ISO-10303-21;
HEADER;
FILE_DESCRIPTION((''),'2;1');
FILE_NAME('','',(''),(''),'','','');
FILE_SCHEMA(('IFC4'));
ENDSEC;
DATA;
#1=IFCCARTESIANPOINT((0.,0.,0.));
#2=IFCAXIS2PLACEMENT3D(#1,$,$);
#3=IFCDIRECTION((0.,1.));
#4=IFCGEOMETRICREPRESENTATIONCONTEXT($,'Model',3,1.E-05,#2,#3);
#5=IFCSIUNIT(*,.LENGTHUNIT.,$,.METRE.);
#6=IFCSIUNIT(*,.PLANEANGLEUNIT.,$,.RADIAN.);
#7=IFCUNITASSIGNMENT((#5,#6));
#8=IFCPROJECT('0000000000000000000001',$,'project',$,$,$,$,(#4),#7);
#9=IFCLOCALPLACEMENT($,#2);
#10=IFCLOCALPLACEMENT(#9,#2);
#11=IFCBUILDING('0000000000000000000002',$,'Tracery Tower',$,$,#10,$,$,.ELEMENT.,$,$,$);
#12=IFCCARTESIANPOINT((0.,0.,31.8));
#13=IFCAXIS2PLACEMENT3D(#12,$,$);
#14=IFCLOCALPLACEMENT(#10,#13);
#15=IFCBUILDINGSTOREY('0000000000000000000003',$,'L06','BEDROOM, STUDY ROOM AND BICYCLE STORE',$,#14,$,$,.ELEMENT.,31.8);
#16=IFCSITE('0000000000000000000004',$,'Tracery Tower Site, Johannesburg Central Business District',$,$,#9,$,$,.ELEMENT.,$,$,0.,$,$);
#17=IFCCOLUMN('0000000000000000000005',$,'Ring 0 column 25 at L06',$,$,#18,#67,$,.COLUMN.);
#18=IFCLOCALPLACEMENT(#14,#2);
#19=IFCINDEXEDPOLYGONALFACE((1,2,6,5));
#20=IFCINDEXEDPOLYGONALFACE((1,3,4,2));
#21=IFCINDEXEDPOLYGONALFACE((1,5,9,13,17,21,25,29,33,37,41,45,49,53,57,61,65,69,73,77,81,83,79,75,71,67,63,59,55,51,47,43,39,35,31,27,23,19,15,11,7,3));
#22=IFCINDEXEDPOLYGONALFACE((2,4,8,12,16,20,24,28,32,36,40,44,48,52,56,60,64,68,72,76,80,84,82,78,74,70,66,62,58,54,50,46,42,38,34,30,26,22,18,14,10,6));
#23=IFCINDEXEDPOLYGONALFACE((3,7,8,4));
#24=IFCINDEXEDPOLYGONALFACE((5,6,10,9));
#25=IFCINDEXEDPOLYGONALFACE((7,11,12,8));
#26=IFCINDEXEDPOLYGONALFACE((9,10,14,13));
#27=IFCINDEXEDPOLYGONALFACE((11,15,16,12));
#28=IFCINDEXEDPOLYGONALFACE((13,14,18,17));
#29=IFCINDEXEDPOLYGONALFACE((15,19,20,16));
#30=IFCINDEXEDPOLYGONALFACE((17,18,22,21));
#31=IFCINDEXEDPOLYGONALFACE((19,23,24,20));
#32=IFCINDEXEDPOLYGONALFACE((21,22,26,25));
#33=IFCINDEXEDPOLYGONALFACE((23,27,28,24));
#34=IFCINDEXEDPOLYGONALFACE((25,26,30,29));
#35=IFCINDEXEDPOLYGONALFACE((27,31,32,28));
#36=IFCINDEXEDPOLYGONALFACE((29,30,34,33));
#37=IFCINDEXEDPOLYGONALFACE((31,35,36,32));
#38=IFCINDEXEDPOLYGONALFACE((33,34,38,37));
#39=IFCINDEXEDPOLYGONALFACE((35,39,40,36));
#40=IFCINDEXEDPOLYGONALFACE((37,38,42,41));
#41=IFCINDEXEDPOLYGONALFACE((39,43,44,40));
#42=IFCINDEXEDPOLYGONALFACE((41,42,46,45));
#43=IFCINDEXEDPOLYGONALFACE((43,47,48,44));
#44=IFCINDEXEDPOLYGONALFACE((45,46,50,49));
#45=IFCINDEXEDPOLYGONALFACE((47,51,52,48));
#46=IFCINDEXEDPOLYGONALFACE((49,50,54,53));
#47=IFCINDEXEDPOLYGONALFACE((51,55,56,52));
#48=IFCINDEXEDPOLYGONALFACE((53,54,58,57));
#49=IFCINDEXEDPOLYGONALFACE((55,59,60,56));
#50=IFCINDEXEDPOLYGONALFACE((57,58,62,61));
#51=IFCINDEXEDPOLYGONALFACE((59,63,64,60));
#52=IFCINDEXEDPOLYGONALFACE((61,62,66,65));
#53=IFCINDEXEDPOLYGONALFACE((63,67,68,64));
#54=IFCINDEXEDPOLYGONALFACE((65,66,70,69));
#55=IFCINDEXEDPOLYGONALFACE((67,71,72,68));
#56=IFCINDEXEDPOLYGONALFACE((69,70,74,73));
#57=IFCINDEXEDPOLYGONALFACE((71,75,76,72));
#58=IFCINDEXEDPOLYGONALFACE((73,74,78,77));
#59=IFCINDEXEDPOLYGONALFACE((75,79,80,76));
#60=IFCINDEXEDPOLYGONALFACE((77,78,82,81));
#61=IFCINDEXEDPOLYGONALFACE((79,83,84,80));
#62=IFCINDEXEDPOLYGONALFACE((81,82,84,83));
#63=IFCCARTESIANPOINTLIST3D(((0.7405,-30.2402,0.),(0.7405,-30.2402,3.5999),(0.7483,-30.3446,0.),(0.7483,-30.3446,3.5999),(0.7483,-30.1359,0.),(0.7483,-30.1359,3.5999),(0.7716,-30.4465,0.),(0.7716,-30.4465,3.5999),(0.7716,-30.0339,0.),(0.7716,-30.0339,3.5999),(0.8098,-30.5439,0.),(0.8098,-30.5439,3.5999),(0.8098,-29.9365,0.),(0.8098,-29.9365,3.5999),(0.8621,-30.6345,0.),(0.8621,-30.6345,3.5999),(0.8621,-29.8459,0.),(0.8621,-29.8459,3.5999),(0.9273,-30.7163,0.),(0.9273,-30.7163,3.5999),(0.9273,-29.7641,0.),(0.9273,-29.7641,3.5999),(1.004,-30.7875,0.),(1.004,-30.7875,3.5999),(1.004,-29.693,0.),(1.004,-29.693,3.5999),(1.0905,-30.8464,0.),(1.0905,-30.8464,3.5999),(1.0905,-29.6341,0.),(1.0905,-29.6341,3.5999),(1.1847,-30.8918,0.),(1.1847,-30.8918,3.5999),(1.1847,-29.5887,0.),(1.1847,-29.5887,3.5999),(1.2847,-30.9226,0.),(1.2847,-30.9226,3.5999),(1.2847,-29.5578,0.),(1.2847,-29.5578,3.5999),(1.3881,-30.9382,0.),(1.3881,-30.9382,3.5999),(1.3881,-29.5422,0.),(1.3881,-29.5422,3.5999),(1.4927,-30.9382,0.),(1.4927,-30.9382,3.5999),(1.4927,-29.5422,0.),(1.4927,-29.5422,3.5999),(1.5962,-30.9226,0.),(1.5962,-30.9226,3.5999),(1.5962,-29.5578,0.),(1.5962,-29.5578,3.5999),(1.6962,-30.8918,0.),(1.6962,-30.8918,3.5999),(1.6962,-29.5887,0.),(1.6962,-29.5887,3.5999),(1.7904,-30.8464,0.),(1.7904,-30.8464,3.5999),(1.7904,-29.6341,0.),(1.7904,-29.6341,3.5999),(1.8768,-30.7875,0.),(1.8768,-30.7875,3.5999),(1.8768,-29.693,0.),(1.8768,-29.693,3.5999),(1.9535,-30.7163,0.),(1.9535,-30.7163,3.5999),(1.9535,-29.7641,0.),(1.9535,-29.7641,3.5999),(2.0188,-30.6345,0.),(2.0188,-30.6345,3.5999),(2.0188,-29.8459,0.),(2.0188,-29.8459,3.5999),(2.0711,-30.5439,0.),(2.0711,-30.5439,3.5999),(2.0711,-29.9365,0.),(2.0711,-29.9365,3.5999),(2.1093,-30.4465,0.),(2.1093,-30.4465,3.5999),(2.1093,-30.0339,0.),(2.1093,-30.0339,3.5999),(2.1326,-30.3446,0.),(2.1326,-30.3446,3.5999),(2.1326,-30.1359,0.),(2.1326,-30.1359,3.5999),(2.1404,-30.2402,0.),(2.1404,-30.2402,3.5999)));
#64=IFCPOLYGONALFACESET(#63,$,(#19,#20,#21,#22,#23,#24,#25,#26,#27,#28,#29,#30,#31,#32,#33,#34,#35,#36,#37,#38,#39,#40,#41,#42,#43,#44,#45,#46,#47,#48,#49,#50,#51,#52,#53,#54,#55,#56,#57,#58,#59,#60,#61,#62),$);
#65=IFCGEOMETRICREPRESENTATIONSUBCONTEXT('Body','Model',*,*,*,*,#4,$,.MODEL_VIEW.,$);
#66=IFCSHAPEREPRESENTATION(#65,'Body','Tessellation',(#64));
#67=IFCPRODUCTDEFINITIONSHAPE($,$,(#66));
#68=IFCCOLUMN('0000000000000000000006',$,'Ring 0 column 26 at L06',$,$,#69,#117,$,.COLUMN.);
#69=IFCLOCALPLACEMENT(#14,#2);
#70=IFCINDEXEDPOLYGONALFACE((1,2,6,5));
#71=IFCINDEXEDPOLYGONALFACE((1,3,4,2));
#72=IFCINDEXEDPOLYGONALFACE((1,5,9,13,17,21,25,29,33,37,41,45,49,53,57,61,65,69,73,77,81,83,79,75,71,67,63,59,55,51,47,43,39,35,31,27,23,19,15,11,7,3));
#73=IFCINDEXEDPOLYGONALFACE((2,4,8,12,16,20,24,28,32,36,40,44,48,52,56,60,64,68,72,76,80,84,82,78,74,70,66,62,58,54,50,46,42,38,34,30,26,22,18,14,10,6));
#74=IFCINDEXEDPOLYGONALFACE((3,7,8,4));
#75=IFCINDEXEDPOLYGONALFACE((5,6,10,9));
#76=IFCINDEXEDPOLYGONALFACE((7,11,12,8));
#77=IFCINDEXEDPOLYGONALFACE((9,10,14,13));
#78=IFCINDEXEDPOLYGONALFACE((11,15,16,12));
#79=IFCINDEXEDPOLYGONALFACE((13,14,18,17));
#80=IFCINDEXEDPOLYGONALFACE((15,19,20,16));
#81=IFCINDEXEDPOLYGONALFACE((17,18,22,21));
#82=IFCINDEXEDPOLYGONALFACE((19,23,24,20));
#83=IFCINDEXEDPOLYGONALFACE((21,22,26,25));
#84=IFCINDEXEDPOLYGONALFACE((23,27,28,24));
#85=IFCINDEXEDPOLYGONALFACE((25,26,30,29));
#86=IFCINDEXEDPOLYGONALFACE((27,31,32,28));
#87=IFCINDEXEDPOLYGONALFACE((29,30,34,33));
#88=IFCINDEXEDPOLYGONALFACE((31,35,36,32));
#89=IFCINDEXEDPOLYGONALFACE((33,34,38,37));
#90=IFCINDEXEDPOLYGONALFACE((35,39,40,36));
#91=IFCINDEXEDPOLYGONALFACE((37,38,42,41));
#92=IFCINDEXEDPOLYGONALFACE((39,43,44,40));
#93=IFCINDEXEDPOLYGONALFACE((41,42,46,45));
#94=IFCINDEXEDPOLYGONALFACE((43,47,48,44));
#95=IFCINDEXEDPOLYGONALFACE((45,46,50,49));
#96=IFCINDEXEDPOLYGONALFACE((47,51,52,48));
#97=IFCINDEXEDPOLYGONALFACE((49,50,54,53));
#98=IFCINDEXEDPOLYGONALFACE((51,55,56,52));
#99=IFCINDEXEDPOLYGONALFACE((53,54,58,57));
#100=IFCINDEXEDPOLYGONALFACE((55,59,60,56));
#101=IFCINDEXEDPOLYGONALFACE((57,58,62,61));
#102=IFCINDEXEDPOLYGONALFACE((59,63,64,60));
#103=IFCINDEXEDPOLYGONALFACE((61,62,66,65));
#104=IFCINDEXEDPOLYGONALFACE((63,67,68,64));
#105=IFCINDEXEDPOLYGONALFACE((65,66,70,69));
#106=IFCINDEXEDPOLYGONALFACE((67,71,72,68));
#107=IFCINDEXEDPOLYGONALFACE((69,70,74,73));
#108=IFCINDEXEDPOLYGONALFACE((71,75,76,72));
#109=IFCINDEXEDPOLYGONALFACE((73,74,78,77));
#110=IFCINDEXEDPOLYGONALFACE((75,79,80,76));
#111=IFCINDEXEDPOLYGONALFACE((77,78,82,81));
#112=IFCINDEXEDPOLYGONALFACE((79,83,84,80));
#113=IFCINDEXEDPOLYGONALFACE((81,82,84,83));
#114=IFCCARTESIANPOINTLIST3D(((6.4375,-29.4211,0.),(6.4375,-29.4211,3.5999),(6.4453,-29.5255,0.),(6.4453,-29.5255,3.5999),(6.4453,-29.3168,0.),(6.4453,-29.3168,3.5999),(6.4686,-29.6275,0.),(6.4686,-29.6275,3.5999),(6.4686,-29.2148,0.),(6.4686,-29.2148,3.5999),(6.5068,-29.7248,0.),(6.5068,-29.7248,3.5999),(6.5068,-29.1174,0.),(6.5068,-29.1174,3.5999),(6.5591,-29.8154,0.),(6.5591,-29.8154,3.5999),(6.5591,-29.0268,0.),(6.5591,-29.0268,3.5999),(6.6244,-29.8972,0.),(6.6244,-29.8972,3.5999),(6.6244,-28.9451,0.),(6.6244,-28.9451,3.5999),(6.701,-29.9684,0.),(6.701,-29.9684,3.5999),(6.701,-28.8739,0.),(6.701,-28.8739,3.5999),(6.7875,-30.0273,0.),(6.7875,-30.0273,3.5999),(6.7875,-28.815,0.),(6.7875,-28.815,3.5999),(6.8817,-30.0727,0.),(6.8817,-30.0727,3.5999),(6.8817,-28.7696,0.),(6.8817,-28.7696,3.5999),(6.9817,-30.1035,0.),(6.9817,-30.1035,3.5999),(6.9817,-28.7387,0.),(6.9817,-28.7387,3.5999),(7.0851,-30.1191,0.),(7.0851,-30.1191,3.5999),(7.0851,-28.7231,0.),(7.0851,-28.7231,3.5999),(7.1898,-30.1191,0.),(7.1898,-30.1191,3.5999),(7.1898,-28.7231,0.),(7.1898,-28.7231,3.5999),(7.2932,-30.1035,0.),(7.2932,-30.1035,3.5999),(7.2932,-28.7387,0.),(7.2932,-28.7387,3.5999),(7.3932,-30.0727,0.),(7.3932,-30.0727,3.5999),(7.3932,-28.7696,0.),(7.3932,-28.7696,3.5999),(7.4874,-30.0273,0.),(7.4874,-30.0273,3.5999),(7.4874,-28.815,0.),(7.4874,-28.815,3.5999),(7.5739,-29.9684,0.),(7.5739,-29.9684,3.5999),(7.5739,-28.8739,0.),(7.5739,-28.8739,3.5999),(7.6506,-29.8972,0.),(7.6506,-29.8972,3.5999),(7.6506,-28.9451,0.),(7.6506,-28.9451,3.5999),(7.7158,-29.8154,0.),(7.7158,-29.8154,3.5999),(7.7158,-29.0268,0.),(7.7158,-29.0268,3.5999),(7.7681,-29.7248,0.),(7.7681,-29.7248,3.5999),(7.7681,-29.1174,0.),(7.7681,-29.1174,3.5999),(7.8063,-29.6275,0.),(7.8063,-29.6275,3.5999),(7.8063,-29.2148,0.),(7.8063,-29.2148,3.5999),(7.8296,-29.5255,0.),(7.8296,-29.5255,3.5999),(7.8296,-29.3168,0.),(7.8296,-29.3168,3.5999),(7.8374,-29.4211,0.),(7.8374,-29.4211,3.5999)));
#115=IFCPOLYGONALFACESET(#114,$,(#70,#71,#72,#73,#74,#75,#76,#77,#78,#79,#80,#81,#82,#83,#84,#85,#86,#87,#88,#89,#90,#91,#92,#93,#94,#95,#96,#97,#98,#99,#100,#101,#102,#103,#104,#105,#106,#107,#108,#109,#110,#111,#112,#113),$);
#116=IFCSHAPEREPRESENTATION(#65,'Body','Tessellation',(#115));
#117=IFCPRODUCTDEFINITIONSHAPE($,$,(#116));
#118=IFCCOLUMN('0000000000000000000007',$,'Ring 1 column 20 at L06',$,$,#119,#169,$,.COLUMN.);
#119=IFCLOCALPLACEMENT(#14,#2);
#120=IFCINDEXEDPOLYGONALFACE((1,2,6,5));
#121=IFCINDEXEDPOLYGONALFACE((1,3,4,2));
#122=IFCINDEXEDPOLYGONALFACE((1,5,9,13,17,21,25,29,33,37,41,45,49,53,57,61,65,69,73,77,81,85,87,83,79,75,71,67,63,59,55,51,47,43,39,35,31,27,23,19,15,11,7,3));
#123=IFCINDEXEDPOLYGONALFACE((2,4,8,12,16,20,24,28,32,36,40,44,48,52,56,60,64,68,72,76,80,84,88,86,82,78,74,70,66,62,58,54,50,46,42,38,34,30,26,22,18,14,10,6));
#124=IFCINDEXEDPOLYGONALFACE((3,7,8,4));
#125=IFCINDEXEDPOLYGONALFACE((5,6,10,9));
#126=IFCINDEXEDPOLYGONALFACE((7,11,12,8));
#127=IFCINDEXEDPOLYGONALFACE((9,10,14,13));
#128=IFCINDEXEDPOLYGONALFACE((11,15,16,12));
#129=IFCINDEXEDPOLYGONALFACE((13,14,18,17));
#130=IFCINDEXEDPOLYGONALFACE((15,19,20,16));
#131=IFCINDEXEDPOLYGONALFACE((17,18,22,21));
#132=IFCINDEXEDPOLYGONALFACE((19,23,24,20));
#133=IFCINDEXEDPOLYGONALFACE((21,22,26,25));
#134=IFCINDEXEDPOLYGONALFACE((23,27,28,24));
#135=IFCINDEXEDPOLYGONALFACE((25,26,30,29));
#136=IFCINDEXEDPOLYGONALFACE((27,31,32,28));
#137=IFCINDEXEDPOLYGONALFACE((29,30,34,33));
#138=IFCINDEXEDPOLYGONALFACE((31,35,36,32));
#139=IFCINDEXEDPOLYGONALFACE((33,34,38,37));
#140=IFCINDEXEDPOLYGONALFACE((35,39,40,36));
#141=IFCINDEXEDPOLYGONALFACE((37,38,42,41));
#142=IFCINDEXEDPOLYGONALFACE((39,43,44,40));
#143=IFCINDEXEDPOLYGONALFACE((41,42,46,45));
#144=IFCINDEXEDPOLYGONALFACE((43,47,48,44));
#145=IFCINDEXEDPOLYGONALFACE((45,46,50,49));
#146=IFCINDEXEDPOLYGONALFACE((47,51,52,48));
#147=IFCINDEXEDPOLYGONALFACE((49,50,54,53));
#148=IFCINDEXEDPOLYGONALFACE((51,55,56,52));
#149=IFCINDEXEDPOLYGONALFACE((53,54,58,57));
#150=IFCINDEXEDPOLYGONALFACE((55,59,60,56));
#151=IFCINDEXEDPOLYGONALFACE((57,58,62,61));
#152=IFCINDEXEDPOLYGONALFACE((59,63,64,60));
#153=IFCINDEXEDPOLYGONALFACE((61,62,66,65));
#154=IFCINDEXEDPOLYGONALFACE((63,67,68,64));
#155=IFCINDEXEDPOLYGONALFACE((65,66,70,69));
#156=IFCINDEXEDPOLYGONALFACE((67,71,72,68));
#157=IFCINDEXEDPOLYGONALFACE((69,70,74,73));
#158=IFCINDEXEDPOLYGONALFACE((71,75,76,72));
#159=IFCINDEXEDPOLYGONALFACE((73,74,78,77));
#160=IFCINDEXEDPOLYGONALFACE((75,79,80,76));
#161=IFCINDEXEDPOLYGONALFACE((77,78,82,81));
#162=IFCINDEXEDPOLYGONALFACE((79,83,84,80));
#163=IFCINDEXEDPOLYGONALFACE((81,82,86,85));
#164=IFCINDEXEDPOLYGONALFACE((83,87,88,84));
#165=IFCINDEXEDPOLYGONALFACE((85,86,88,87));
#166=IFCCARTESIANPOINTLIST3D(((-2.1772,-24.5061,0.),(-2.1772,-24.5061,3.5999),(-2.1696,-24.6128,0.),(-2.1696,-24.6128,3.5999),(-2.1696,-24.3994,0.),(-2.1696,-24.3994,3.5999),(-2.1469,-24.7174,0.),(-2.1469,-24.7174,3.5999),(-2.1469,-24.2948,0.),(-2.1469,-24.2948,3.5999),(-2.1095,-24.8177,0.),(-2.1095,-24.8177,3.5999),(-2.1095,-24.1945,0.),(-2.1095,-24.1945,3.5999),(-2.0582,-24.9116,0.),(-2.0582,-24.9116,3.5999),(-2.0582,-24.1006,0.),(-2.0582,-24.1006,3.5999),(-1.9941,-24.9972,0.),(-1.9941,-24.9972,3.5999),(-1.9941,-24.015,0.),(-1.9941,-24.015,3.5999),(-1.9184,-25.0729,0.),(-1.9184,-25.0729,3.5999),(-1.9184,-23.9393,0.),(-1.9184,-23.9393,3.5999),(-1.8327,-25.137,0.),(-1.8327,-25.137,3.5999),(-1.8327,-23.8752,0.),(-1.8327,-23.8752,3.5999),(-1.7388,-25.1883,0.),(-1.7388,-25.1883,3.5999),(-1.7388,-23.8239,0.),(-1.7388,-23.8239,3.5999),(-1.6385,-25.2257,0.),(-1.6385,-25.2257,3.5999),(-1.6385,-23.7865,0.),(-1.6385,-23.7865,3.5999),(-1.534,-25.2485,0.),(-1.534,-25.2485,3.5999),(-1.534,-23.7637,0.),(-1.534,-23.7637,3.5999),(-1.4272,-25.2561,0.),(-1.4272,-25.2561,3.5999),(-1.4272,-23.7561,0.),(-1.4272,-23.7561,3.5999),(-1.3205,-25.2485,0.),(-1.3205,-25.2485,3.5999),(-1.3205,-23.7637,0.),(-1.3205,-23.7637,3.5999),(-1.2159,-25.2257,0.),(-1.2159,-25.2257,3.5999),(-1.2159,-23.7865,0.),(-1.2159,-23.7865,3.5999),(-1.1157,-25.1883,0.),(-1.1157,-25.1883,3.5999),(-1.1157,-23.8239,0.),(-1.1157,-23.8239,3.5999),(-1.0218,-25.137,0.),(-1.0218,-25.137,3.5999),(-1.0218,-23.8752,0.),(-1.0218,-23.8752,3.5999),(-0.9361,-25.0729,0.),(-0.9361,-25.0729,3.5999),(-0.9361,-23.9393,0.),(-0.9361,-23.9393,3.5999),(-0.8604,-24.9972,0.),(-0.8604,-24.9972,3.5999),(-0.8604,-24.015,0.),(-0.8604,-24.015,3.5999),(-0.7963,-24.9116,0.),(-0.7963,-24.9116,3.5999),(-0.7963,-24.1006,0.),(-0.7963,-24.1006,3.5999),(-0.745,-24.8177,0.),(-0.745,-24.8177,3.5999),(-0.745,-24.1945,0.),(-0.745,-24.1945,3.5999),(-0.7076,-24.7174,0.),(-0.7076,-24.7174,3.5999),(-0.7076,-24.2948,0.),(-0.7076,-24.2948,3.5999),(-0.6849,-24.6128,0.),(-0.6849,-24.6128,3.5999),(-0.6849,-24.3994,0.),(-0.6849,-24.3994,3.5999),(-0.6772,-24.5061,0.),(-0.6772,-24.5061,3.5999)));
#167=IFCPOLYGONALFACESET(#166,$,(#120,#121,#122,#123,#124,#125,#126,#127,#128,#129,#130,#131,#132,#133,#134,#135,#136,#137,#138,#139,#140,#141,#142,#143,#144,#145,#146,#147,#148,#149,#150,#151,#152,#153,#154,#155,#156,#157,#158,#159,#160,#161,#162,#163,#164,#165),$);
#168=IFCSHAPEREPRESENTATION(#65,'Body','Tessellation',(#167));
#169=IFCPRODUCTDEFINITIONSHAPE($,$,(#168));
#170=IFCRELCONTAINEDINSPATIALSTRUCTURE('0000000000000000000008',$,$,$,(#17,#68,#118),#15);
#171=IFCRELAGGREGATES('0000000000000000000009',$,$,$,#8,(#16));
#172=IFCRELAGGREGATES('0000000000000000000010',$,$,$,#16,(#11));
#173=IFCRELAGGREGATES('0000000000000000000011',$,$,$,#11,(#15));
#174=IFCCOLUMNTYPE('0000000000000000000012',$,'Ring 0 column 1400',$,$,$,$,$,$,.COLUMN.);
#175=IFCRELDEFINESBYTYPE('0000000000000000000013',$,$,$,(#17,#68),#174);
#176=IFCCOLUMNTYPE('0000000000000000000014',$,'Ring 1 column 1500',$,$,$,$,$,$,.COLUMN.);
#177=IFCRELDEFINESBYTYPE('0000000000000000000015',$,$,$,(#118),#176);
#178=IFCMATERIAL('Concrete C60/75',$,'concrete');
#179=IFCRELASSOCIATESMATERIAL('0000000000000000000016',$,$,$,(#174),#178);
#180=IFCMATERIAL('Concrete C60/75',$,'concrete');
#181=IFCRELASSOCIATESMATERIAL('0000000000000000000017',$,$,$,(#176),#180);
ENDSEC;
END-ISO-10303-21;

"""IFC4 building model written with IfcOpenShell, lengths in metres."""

from ifc_helpers import new_model, si_unit, direction, frame, origin, origin_2d, place, context, subcontext, project, spatial, circle, extrude, material, material_profile, profile_set, type_object, element, save


model = new_model("IFC4")

# Units and contexts
model_context = context("Model", 3, precision=1e-05, world=origin(), true_north=direction((0.0, 1.0)))
body_context = subcontext(model_context, "Body", "Model", "MODEL_VIEW")
ifc_project = project(units=[si_unit("LENGTHUNIT", "METRE"), si_unit("PLANEANGLEUNIT", "RADIAN")], contexts=[model_context])

# Site, building, storey
site_placement = place(None, origin())
site = spatial("IfcSite", under=ifc_project, at=site_placement, Name="Tracery Tower Site, Johannesburg Central Business District", CompositionType="ELEMENT", RefElevation=0.0)
building_placement = place(site_placement, origin())
building = spatial("IfcBuilding", under=site, at=building_placement, Name="Tracery Tower", CompositionType="ELEMENT")
storey_placement = place(building_placement, frame((0.0, 0.0, 31.8)))
storey = spatial("IfcBuildingStorey", under=building, at=storey_placement, Name="L06", Description="BEDROOM, STUDY ROOM AND BICYCLE STORE", CompositionType="ELEMENT", Elevation=31.8)

# Columns
ifc_material_1 = material(Name="Concrete C60/75", Category="concrete")
ifc_material_profile_1 = material_profile(ifc_material_1, circle(Radius=0.7, at=origin_2d()), Name="RC D1400")
ifc_profile_set_1 = profile_set([ifc_material_profile_1], Name="Concrete C60/75")
column_type_1 = type_object("IfcColumnType", Name="Ring 0 column 1400", PredefinedType="COLUMN", material=ifc_profile_set_1)
for number, where, z_axis, x_axis, name in (
    (1, (1.4404, -30.2402, 0.0), (0.0, 0.0, 1.0), (1.0, 0.0, 0.0), "Ring 0 column 25 at L06"),
    (2, (7.1375, -29.4211, 0.0), (0.0, 0.0, 1.0), (1.0, 0.0, 0.0), "Ring 0 column 26 at L06"),
):
    element("IfcColumn", number, at=place(storey_placement, frame(where, z_axis=z_axis, x_axis=x_axis)), inside=storey, type_object=column_type_1, Name=name, PredefinedType="COLUMN", context=body_context, shape_type="SweptSolid", body=[
        extrude(circle(Radius=0.7, at=origin_2d()), origin(), (0.0, 0.0, 1.0), 3.5999),
    ])
ifc_material_2 = material(Name="Concrete C60/75", Category="concrete")
ifc_material_profile_2 = material_profile(ifc_material_2, circle(Radius=0.75, at=origin_2d()), Name="RC D1500")
ifc_profile_set_2 = profile_set([ifc_material_profile_2], Name="Concrete C60/75")
column_type_2 = type_object("IfcColumnType", Name="Ring 1 column 1500", PredefinedType="COLUMN", material=ifc_profile_set_2)
for number, where, z_axis, x_axis, name in (
    (3, (-1.4272, -24.5061, 0.0), (0.0, 0.0, 1.0), (1.0, 0.0, 0.0), "Ring 1 column 20 at L06"),
):
    element("IfcColumn", number, at=place(storey_placement, frame(where, z_axis=z_axis, x_axis=x_axis)), inside=storey, type_object=column_type_2, Name=name, PredefinedType="COLUMN", context=body_context, shape_type="SweptSolid", body=[
        extrude(circle(Radius=0.75, at=origin_2d()), origin(), (0.0, 0.0, 1.0), 3.5999),
    ])

save(model, "model.ifc")
